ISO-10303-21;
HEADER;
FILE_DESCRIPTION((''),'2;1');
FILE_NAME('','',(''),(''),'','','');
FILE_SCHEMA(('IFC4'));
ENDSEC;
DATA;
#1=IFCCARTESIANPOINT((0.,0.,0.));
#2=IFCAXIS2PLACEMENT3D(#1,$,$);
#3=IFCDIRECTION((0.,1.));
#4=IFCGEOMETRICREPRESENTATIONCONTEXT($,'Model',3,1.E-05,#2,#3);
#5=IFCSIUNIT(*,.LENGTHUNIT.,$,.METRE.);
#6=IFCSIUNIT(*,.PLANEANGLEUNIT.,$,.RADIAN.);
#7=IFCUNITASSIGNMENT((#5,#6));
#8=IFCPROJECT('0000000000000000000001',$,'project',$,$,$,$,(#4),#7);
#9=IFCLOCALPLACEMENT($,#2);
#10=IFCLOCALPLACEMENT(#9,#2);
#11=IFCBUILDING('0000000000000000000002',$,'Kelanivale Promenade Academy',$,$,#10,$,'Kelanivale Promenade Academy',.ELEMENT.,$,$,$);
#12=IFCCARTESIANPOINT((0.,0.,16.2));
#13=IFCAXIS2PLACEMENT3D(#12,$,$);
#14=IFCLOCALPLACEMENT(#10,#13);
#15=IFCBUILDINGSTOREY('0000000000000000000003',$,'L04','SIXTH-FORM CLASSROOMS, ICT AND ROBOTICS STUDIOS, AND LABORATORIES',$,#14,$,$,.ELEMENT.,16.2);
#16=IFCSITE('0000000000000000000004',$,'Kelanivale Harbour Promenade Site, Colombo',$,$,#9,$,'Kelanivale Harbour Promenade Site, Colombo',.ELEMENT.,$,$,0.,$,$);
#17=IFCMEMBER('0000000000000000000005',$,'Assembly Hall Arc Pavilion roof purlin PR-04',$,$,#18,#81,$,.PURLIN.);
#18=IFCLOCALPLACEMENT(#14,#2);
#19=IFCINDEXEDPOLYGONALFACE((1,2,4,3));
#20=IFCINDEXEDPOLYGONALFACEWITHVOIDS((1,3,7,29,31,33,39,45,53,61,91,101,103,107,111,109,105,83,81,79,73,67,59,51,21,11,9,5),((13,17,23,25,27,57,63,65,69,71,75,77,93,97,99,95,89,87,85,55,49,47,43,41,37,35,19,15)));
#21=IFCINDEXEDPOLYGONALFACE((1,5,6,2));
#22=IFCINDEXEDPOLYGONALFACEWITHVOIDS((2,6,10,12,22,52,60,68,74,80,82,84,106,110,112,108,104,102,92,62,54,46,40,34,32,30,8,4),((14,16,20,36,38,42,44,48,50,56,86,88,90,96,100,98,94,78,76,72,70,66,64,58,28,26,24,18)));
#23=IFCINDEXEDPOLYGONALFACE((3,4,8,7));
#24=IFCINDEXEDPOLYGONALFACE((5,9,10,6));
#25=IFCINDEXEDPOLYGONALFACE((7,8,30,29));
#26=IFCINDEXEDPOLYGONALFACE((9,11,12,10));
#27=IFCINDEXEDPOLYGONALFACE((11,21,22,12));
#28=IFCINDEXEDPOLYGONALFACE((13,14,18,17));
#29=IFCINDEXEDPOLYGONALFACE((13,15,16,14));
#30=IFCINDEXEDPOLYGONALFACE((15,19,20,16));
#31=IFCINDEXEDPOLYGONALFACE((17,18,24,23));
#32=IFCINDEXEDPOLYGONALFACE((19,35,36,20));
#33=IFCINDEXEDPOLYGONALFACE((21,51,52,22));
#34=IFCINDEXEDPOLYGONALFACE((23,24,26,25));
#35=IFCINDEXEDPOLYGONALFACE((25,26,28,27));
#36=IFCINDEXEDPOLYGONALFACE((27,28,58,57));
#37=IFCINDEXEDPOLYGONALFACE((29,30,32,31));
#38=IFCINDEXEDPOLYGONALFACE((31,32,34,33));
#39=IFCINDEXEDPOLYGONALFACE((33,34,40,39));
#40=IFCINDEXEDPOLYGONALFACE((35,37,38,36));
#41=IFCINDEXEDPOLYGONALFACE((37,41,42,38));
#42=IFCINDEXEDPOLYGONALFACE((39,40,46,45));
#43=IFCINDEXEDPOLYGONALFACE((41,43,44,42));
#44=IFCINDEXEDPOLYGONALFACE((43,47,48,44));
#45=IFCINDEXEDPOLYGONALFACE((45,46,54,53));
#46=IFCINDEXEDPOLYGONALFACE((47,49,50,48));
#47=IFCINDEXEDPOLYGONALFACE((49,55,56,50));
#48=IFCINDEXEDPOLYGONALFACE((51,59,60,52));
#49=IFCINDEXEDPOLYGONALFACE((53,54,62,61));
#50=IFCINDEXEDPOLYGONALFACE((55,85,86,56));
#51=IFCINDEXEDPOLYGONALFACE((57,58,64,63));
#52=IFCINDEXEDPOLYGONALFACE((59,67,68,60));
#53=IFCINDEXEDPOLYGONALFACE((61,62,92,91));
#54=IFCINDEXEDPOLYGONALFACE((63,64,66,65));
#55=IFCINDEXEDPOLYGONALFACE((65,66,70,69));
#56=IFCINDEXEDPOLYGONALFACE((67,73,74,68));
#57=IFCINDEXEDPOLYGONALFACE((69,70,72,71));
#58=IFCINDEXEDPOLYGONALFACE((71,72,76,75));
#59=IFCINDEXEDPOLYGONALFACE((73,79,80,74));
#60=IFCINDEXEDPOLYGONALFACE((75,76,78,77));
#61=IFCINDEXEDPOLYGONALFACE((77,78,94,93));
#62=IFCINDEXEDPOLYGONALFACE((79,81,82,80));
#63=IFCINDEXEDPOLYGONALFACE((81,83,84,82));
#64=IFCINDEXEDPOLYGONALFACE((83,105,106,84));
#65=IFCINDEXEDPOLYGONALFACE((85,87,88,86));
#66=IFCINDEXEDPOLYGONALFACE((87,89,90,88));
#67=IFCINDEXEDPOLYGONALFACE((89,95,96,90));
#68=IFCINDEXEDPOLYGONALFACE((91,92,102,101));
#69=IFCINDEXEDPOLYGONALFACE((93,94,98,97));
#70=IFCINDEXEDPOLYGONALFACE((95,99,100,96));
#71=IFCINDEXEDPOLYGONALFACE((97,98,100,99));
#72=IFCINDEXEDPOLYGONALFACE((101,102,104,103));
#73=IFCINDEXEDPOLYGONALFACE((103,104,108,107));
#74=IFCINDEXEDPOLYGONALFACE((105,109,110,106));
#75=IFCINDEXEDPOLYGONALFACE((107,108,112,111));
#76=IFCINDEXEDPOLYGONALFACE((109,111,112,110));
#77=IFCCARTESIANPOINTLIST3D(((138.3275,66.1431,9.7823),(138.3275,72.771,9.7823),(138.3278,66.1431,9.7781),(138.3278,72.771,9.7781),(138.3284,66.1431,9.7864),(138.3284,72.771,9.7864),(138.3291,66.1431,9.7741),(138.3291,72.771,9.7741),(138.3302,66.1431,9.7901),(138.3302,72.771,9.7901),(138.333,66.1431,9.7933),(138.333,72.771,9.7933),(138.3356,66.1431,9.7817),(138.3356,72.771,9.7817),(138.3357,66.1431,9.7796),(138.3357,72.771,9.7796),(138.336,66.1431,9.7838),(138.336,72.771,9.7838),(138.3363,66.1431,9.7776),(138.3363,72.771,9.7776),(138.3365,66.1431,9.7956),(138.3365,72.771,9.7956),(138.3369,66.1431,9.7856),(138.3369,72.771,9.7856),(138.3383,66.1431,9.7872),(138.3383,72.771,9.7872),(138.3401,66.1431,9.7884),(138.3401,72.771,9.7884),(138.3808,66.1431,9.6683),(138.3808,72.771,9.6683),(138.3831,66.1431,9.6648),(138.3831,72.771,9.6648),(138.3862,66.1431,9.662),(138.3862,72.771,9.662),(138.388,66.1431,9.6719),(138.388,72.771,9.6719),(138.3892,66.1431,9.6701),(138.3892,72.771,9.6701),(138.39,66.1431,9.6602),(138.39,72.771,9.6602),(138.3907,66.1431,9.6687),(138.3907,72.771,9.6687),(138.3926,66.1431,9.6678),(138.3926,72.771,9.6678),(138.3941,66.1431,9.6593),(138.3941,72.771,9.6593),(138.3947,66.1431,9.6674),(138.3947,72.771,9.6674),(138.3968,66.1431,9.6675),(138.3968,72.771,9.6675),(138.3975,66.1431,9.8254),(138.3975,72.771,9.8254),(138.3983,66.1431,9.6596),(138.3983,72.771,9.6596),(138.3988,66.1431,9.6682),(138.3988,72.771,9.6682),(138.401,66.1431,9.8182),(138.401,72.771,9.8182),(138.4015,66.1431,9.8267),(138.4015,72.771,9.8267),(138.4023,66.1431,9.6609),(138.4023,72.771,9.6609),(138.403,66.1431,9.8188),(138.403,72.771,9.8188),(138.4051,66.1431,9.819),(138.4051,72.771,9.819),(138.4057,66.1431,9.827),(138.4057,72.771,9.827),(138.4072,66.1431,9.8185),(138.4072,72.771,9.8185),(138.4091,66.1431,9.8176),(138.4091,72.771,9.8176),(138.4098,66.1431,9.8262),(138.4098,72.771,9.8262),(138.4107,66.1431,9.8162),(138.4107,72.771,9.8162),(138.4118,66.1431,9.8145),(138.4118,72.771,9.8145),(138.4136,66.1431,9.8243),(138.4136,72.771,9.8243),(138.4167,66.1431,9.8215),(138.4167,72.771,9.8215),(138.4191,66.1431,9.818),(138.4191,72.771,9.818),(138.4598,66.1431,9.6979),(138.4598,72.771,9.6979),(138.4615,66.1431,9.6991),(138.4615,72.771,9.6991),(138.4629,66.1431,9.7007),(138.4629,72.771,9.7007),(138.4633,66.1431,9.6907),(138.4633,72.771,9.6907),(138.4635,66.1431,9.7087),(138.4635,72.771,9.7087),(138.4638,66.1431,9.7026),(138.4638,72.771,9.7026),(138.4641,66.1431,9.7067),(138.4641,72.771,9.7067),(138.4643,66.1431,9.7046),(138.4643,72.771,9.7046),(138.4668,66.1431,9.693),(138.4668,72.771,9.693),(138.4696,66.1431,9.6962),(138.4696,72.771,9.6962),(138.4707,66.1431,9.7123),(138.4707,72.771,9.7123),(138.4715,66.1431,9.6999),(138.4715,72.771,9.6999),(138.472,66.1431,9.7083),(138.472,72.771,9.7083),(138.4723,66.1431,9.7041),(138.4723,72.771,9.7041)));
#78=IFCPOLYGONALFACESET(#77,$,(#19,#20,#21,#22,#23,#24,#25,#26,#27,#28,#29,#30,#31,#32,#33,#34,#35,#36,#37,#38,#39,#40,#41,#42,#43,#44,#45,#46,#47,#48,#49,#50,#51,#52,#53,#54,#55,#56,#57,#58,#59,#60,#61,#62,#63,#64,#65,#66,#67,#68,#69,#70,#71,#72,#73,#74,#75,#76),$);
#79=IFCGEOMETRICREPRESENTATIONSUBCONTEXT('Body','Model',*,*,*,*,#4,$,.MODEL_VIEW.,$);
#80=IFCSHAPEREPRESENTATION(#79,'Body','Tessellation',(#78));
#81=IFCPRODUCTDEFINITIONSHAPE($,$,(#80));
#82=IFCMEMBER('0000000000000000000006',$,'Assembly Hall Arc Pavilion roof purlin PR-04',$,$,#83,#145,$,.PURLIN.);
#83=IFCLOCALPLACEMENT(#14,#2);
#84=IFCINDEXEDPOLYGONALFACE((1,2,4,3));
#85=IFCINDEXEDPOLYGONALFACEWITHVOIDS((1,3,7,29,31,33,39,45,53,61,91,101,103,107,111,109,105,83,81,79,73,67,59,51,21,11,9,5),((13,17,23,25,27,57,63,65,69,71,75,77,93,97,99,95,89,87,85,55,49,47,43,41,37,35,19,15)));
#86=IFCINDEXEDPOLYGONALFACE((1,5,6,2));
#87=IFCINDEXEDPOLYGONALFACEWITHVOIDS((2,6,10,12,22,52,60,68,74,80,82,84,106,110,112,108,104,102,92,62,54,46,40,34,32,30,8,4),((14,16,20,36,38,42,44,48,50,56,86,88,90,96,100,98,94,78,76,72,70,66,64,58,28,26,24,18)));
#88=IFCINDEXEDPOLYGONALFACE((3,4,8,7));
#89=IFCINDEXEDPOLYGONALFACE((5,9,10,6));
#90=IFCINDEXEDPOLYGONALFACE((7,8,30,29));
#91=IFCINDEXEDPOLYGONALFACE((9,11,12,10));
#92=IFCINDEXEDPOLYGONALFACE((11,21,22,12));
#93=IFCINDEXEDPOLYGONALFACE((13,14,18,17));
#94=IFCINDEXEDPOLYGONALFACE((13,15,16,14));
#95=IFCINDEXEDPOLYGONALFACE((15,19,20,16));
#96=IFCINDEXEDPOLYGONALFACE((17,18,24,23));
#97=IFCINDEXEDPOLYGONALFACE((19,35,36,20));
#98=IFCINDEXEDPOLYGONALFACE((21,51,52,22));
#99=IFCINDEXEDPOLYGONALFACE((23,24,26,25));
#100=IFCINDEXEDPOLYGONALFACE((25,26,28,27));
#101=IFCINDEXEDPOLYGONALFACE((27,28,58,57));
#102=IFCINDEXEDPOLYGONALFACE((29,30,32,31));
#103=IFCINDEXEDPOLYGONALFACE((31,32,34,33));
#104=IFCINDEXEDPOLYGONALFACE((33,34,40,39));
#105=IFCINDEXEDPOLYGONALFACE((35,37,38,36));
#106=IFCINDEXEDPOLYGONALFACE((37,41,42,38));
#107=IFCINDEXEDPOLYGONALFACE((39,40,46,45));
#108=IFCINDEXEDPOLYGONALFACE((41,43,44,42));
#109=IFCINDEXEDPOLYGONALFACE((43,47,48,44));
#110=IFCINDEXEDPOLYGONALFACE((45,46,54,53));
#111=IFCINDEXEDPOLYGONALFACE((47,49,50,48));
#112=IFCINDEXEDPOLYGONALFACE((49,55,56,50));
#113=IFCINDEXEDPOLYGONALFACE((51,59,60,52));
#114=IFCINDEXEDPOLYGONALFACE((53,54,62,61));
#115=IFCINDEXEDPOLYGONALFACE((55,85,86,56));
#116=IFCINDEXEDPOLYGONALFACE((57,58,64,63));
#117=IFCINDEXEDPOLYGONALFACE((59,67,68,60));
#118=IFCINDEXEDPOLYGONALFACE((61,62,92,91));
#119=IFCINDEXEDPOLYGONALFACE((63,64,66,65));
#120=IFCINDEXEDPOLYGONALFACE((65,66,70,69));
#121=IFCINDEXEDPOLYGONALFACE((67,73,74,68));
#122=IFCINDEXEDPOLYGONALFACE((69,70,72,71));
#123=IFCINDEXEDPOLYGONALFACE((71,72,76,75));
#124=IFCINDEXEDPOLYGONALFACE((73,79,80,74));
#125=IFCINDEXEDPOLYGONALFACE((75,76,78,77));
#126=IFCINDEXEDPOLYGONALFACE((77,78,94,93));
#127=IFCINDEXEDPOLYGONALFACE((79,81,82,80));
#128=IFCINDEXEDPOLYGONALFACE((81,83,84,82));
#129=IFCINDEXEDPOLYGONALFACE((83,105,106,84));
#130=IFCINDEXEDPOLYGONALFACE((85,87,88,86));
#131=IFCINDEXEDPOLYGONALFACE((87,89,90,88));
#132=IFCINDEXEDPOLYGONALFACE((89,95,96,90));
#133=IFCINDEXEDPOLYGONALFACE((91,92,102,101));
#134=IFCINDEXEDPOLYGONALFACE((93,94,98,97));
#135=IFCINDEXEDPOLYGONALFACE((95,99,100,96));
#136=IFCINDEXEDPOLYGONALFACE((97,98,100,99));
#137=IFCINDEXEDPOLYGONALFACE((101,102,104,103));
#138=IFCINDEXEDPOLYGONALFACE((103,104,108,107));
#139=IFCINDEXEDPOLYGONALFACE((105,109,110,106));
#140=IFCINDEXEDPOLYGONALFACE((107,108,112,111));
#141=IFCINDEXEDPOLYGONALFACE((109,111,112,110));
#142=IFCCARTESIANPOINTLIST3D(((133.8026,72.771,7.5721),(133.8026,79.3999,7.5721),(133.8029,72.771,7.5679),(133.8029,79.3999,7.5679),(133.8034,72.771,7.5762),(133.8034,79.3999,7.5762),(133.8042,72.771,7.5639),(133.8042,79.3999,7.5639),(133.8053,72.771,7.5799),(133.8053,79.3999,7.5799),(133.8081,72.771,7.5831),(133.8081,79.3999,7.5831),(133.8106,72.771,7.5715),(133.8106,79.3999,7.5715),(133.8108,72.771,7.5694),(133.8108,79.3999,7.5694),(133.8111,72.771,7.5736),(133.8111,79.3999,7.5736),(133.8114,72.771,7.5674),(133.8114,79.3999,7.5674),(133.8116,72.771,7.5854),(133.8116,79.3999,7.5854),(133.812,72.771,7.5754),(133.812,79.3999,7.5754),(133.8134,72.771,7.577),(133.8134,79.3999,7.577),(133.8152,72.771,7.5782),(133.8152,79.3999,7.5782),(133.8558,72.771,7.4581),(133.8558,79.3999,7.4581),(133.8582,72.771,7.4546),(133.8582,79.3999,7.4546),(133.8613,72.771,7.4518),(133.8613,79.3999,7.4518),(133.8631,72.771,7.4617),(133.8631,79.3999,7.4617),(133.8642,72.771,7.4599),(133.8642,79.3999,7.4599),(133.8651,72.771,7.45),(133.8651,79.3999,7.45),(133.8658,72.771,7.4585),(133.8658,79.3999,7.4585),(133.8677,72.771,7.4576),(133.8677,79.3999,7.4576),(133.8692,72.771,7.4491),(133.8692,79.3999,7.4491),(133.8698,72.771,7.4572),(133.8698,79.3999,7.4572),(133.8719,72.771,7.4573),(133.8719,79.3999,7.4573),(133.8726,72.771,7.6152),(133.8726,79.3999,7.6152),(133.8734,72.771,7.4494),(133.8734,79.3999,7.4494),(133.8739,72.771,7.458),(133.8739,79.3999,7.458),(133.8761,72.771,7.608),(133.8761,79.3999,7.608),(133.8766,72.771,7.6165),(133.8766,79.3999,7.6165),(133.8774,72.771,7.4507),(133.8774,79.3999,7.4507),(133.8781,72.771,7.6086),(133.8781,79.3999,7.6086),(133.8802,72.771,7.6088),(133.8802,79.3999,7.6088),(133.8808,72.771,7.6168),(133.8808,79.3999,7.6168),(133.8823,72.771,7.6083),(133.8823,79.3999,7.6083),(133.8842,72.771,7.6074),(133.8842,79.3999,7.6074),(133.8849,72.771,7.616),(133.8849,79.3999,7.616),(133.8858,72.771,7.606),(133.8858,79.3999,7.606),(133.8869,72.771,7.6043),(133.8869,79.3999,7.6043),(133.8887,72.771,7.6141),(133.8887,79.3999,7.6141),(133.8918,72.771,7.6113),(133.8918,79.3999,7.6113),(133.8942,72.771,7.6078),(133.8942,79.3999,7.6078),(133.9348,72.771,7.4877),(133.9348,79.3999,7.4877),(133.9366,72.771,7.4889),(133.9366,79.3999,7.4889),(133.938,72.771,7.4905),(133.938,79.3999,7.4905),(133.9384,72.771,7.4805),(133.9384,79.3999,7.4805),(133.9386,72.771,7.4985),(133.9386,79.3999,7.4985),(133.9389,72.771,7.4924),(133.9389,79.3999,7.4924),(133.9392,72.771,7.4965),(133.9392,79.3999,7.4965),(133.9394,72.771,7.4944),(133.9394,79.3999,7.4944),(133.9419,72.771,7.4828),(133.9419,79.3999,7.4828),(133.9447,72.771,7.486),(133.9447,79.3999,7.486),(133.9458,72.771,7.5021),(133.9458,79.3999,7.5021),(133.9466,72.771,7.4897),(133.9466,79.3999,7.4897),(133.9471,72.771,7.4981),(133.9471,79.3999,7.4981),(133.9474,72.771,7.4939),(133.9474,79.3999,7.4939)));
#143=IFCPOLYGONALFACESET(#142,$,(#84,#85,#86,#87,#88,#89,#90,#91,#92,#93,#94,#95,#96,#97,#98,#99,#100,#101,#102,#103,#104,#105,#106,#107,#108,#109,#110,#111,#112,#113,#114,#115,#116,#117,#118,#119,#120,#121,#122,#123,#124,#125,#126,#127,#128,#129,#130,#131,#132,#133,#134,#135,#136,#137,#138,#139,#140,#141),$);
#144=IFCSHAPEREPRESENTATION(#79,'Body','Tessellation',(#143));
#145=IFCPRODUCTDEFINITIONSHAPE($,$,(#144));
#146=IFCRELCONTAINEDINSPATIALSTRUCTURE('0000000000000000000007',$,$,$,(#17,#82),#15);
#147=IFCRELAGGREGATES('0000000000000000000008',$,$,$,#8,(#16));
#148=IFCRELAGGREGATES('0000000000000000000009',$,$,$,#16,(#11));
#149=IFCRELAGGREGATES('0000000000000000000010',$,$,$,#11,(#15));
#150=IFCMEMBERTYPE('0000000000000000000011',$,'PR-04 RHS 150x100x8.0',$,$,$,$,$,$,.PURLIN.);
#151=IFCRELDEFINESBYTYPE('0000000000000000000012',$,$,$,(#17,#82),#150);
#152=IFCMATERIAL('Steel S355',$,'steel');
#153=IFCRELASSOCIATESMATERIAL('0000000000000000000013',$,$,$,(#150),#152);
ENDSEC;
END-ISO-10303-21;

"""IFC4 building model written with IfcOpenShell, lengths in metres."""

from ifc_helpers import new_model, si_unit, direction, frame, origin, origin_2d, place, context, subcontext, project, spatial, hollow_rectangle, extrude, material, material_profile, profile_set, type_object, element, save


model = new_model("IFC4")

# Units and contexts
model_context = context("Model", 3, precision=1e-05, world=origin(), true_north=direction((0.0, 1.0)))
body_context = subcontext(model_context, "Body", "Model", "MODEL_VIEW")
ifc_project = project(units=[si_unit("LENGTHUNIT", "METRE"), si_unit("PLANEANGLEUNIT", "RADIAN")], contexts=[model_context])

# Site, building, storey
site_placement = place(None, origin())
site = spatial("IfcSite", under=ifc_project, at=site_placement, Name="Kelanivale Harbour Promenade Site, Colombo", LongName="Kelanivale Harbour Promenade Site, Colombo", CompositionType="ELEMENT", RefElevation=0.0)
building_placement = place(site_placement, origin())
building = spatial("IfcBuilding", under=site, at=building_placement, Name="Kelanivale Promenade Academy", LongName="Kelanivale Promenade Academy", CompositionType="ELEMENT")
storey_placement = place(building_placement, frame((0.0, 0.0, 16.2)))
storey = spatial("IfcBuildingStorey", under=building, at=storey_placement, Name="L04", Description="SIXTH-FORM CLASSROOMS, ICT AND ROBOTICS STUDIOS, AND LABORATORIES", CompositionType="ELEMENT", Elevation=16.2)

# Members
ifc_material_1 = material(Name="Steel S355", Category="steel")
ifc_material_profile_1 = material_profile(ifc_material_1, hollow_rectangle(XDim=0.1001, YDim=0.1499, WallThickness=0.0081, InnerFilletRadius=0.0081, OuterFilletRadius=0.0161, at=origin_2d()), Name="RHS 150x100x8.0")
ifc_profile_set_1 = profile_set([ifc_material_profile_1], Name="Steel S355")
member_type_1 = type_object("IfcMemberType", Name="PR-04 RHS 150x100x8.0", PredefinedType="PURLIN", material=ifc_profile_set_1)
member_1_placement = place(storey_placement, frame((138.3999, 66.1431, 9.7432), z_axis=(0.0, 1.0, 0.0), x_axis=(-0.898564, 0.0, -0.438842)))
element("IfcMember", 1, at=member_1_placement, inside=storey, type_object=member_type_1, Name="Assembly Hall Arc Pavilion roof purlin PR-04", PredefinedType="PURLIN", context=body_context, shape_type="SweptSolid", body=[
    extrude(hollow_rectangle(XDim=0.1001, YDim=0.1499, WallThickness=0.0081, InnerFilletRadius=0.0081, OuterFilletRadius=0.0161, at=origin_2d()), origin(), (0.0, 0.0, 1.0), 6.6279),
])
member_2_placement = place(storey_placement, frame((133.875, 72.771, 7.533), z_axis=(0.0, 1.0, 0.0), x_axis=(-0.898564, 0.0, -0.438842)))
element("IfcMember", 2, at=member_2_placement, inside=storey, type_object=member_type_1, Name="Assembly Hall Arc Pavilion roof purlin PR-04", PredefinedType="PURLIN", context=body_context, shape_type="SweptSolid", body=[
    extrude(hollow_rectangle(XDim=0.1001, YDim=0.1499, WallThickness=0.0081, InnerFilletRadius=0.0081, OuterFilletRadius=0.0161, at=origin_2d()), origin(), (0.0, 0.0, 1.0), 6.6289),
])

save(model, "model.ifc")
